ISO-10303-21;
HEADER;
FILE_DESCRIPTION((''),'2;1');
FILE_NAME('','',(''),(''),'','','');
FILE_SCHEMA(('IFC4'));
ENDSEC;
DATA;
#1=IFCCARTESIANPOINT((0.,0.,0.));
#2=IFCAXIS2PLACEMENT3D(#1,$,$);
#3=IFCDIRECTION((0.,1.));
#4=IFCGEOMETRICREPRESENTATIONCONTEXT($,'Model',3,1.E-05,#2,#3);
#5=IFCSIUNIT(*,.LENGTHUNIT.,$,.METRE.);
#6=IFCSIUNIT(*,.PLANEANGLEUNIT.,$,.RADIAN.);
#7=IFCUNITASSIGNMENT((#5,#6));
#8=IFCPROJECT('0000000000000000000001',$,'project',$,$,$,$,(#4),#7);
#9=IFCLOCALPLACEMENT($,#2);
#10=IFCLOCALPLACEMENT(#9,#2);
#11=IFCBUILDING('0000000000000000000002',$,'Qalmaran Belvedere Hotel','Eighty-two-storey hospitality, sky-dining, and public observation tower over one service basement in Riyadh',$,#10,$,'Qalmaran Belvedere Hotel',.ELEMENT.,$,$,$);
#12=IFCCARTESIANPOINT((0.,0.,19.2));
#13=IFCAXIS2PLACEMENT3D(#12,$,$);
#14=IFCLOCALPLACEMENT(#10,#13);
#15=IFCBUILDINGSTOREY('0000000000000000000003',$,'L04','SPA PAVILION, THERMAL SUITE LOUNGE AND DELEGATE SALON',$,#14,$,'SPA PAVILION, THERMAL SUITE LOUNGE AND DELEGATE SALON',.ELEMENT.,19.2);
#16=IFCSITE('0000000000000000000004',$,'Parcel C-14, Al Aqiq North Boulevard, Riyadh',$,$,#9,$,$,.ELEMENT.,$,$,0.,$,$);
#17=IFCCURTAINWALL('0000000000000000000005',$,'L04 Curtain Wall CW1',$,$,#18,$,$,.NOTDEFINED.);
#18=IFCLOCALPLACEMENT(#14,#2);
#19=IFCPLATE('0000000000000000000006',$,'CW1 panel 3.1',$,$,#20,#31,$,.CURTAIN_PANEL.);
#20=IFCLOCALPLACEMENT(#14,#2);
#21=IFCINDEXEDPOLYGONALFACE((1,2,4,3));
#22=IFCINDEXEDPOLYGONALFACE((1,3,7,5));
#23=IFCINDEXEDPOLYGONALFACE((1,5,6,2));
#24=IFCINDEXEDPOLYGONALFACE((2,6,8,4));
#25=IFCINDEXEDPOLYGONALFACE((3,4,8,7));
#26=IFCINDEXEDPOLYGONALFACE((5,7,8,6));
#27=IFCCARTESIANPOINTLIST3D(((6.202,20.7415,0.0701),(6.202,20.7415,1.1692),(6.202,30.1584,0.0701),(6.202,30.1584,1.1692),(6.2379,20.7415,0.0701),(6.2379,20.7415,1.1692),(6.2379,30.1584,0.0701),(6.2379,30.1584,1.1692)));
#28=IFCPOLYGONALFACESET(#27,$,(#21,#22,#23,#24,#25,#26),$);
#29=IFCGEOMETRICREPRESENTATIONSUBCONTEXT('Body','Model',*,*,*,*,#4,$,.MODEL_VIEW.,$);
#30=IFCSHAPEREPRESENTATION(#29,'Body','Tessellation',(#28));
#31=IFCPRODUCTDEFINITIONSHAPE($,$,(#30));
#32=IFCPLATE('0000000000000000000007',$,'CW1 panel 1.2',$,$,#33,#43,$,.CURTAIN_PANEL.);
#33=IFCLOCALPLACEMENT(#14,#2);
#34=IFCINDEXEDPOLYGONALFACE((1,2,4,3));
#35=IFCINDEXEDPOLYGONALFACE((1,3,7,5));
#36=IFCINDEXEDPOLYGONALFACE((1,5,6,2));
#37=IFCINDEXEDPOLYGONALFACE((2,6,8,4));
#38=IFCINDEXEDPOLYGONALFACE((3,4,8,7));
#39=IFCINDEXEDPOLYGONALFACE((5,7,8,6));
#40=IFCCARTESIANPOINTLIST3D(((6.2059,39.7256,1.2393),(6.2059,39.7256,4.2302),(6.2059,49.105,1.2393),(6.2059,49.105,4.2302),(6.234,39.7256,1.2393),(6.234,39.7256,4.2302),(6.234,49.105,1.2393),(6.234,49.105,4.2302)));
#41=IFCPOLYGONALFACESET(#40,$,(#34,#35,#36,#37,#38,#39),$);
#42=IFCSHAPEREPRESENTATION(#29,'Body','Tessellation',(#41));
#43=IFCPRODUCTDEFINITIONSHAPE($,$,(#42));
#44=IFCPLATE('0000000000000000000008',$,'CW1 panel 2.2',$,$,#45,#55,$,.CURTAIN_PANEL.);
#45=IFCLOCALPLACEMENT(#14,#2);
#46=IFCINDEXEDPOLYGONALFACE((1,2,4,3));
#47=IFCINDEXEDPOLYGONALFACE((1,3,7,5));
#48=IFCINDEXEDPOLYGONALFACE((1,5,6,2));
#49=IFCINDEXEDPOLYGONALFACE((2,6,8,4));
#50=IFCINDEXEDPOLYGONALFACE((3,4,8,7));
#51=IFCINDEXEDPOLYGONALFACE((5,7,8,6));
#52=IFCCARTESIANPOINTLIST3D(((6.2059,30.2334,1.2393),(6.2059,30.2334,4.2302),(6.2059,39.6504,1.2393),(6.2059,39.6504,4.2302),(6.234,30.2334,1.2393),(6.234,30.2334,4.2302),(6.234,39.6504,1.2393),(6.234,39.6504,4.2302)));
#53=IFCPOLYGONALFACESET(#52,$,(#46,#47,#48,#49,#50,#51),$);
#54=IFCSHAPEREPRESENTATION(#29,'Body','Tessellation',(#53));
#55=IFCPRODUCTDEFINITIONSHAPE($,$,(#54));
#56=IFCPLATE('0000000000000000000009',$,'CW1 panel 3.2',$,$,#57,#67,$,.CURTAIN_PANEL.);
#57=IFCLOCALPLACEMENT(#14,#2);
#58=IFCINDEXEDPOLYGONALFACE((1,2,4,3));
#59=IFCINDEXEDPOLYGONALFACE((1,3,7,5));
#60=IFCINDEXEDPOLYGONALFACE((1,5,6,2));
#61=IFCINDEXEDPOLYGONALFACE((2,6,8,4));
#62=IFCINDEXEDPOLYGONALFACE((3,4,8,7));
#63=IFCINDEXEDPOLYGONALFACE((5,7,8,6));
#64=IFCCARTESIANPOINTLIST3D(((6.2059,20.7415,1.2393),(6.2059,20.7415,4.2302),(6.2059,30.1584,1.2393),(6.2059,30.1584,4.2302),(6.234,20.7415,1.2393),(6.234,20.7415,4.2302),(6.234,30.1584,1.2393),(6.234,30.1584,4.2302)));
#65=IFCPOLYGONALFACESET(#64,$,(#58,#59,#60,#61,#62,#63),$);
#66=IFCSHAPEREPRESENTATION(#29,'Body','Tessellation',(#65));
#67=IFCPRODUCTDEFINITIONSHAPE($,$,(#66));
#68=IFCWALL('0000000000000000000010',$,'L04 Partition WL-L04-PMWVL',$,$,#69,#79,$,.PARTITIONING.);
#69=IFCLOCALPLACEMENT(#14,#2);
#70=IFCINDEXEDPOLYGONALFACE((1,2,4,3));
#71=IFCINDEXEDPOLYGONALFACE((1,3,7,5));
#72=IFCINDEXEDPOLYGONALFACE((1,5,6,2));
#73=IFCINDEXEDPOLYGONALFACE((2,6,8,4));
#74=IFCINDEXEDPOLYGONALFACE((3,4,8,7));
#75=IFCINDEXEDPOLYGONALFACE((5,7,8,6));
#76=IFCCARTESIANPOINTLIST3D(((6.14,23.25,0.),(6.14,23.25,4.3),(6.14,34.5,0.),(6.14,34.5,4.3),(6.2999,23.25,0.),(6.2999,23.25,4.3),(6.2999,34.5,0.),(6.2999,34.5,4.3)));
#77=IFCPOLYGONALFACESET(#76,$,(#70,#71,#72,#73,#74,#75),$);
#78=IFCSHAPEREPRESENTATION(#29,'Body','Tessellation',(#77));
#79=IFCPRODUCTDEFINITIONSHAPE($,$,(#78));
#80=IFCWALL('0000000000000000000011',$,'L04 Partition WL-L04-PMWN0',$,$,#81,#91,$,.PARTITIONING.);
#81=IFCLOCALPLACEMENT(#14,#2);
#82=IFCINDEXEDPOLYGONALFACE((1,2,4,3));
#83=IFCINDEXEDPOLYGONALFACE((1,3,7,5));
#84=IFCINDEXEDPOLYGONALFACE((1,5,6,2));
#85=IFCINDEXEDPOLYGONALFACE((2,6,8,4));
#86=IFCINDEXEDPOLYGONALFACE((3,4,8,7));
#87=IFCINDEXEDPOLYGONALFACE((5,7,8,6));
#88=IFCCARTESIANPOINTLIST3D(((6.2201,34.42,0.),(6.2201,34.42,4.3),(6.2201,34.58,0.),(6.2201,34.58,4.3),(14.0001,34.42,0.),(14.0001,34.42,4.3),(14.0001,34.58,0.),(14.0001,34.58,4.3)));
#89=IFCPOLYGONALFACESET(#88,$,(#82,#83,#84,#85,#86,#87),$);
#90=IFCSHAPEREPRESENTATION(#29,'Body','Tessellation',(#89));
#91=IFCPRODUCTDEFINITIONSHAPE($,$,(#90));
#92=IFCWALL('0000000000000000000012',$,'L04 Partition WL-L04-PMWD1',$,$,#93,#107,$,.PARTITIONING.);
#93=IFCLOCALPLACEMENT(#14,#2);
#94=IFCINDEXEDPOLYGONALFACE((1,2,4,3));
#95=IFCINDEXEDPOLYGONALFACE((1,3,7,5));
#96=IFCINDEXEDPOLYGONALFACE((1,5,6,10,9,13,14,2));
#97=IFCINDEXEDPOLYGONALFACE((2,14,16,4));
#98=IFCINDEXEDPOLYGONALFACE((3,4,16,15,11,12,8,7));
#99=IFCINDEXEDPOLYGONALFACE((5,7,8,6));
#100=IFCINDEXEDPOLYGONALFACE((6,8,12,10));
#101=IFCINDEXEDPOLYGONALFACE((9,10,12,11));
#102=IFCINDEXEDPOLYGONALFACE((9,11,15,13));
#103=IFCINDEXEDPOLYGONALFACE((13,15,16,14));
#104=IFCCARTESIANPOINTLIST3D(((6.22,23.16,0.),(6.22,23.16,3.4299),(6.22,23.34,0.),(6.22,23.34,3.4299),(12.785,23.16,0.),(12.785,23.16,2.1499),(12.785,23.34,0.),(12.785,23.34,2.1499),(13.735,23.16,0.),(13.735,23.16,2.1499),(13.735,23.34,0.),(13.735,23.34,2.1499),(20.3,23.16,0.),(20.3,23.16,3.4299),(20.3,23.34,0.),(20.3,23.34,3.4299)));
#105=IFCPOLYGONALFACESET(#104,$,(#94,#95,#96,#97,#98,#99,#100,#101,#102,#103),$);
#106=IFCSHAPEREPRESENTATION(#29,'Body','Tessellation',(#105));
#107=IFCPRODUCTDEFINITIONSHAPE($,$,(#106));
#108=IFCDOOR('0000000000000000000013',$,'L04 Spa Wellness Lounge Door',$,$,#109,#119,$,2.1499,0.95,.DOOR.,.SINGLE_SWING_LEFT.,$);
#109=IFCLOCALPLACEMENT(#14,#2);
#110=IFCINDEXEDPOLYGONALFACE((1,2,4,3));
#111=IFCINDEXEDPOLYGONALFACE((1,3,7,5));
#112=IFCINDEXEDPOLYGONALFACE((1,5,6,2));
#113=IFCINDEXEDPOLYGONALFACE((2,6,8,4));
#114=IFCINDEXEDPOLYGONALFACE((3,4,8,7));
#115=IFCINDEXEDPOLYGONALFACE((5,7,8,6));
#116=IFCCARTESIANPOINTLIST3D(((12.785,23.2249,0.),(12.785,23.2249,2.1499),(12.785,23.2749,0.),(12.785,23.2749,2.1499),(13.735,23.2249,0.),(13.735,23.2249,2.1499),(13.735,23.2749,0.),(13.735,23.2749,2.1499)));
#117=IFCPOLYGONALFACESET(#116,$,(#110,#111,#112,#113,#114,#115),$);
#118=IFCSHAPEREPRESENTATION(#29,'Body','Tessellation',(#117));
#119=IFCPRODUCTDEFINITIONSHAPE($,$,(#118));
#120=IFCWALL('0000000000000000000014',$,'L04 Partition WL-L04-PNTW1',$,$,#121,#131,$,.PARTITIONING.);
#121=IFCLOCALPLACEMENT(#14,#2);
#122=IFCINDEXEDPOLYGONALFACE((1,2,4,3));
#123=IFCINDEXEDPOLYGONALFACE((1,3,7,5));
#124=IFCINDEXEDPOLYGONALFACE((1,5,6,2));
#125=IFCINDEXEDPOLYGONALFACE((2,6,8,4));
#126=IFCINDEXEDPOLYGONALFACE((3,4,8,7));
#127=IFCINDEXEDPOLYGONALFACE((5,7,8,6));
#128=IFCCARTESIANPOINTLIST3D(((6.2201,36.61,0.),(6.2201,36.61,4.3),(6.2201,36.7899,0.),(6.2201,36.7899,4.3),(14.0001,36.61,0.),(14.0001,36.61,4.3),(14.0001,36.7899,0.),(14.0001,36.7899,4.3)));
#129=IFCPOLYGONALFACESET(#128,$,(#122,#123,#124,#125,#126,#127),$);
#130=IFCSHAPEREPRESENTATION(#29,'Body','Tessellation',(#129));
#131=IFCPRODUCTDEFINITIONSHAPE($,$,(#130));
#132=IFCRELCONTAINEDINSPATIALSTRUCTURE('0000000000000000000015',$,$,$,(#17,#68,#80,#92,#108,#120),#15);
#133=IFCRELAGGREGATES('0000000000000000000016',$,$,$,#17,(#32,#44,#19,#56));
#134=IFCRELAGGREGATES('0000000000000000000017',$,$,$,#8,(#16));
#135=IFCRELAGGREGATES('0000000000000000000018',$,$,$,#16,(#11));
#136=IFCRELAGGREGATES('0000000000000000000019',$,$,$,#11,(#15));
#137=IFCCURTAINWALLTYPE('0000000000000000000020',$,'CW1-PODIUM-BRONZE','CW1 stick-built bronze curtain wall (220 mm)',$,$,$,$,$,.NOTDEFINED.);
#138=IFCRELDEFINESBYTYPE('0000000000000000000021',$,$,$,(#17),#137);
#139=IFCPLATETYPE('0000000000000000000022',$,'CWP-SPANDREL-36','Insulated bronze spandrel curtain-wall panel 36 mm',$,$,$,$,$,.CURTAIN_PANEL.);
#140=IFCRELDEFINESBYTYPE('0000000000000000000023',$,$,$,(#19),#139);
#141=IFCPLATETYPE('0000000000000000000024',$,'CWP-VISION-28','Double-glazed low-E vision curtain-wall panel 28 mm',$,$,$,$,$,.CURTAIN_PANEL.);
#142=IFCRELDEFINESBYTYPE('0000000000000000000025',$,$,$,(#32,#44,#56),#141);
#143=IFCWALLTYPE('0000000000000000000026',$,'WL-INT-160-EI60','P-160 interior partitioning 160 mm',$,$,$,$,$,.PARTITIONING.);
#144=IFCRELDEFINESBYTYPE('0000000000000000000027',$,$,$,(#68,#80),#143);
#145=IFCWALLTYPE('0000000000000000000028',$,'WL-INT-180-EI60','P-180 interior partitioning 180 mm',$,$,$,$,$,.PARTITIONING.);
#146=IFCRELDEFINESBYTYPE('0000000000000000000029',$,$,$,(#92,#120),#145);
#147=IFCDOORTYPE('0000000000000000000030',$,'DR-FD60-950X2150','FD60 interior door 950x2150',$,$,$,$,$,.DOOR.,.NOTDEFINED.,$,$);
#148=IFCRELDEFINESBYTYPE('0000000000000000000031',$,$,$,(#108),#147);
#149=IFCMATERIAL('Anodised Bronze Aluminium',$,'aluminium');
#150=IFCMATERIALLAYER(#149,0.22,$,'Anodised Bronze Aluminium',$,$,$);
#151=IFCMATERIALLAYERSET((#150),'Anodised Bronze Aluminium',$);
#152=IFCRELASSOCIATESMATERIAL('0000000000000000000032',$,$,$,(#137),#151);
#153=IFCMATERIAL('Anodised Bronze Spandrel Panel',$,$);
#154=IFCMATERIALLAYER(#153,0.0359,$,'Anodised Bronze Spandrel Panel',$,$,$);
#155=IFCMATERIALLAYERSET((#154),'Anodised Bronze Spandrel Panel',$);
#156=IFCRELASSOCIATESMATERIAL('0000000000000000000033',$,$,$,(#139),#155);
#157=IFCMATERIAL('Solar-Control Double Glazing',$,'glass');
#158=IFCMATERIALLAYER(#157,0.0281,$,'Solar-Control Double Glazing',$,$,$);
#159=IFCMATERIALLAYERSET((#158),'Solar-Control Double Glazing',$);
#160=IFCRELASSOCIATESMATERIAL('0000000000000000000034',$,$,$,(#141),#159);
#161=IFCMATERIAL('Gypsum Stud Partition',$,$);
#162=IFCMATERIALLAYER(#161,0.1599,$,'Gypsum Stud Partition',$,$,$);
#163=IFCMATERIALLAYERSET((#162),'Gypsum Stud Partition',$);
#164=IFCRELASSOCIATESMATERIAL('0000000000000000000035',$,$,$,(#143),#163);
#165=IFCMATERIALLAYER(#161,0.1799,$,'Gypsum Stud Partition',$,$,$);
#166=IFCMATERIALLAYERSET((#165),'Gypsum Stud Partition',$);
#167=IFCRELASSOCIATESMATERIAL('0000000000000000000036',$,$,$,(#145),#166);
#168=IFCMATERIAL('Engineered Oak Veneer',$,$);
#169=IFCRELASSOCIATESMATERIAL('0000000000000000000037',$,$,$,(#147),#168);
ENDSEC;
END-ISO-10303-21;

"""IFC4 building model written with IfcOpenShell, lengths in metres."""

from ifc_helpers import new_model, si_unit, direction, frame, frame_2d, origin, origin_2d, place, context, subcontext, project, spatial, rectangle, extrude, material, layer, layer_set, type_object, element, fill, aggregate, save


model = new_model("IFC4")

# Units and contexts
model_context = context("Model", 3, precision=1e-05, world=origin(), true_north=direction((0.0, 1.0)))
body_context = subcontext(model_context, "Body", "Model", "MODEL_VIEW")
ifc_project = project(units=[si_unit("LENGTHUNIT", "METRE"), si_unit("PLANEANGLEUNIT", "RADIAN")], contexts=[model_context])

# Site, building, storey
site_placement = place(None, origin())
site = spatial("IfcSite", under=ifc_project, at=site_placement, Name="Parcel C-14, Al Aqiq North Boulevard, Riyadh", CompositionType="ELEMENT", RefElevation=0.0)
building_placement = place(site_placement, origin())
building = spatial("IfcBuilding", under=site, at=building_placement, Name="Qalmaran Belvedere Hotel", Description="Eighty-two-storey hospitality, sky-dining, and public observation tower over one service basement in Riyadh", LongName="Qalmaran Belvedere Hotel", CompositionType="ELEMENT")
storey_placement = place(building_placement, frame((0.0, 0.0, 19.2)))
storey = spatial("IfcBuildingStorey", under=building, at=storey_placement, Name="L04", Description="SPA PAVILION, THERMAL SUITE LOUNGE AND DELEGATE SALON", LongName="SPA PAVILION, THERMAL SUITE LOUNGE AND DELEGATE SALON", CompositionType="ELEMENT", Elevation=19.2)

# Curtain wall, plates
ifc_material_1 = material(Name="Anodised Bronze Aluminium", Category="aluminium")
ifc_layer_1 = layer(ifc_material_1, 0.22, Name="Anodised Bronze Aluminium")
ifc_layer_set_1 = layer_set([ifc_layer_1], Name="Anodised Bronze Aluminium")
curtain_wall_type = type_object("IfcCurtainWallType", Name="CW1-PODIUM-BRONZE", Description="CW1 stick-built bronze curtain wall (220 mm)", PredefinedType="NOTDEFINED", material=ifc_layer_set_1)
curtain_wall_placement = place(storey_placement, origin())
curtain_wall = element("IfcCurtainWall", 1, at=curtain_wall_placement, inside=storey, type_object=curtain_wall_type, Name="L04 Curtain Wall CW1", PredefinedType="NOTDEFINED")
ifc_material_2 = material(Name="Anodised Bronze Spandrel Panel")
ifc_layer_2 = layer(ifc_material_2, 0.0359, Name="Anodised Bronze Spandrel Panel")
ifc_layer_set_2 = layer_set([ifc_layer_2], Name="Anodised Bronze Spandrel Panel")
plate_type_1 = type_object("IfcPlateType", Name="CWP-SPANDREL-36", Description="Insulated bronze spandrel curtain-wall panel 36 mm", PredefinedType="CURTAIN_PANEL", material=ifc_layer_set_2)
plate_1_placement = place(storey_placement, frame((6.22, 25.45, 0.0701), z_axis=(0.0, 0.0, 1.0), x_axis=(0.0, -1.0, 0.0)))
plate_1 = element("IfcPlate", 2, at=plate_1_placement, type_object=plate_type_1, Name="CW1 panel 3.1", PredefinedType="CURTAIN_PANEL", context=body_context, shape_type="SweptSolid", body=[
    extrude(rectangle(XDim=9.417, YDim=0.0359, at=origin_2d()), origin(), (0.0, 0.0, 1.0), 1.0991),
])
ifc_material_3 = material(Name="Solar-Control Double Glazing", Category="glass")
ifc_layer_3 = layer(ifc_material_3, 0.0281, Name="Solar-Control Double Glazing")
ifc_layer_set_3 = layer_set([ifc_layer_3], Name="Solar-Control Double Glazing")
plate_type_2 = type_object("IfcPlateType", Name="CWP-VISION-28", Description="Double-glazed low-E vision curtain-wall panel 28 mm", PredefinedType="CURTAIN_PANEL", material=ifc_layer_set_3)
plate_2_placement = place(storey_placement, frame((6.22, 44.4153, 1.2393), z_axis=(0.0, 0.0, 1.0), x_axis=(0.0, -1.0, 0.0)))
plate_2 = element("IfcPlate", 3, at=plate_2_placement, type_object=plate_type_2, Name="CW1 panel 1.2", PredefinedType="CURTAIN_PANEL", context=body_context, shape_type="SweptSolid", body=[
    extrude(rectangle(XDim=9.3794, YDim=0.0281, at=origin_2d()), origin(), (0.0, 0.0, 1.0), 2.991),
])
plate_3_placement = place(storey_placement, frame((6.22, 34.9419, 1.2393), z_axis=(0.0, 0.0, 1.0), x_axis=(0.0, -1.0, 0.0)))
plate_3 = element("IfcPlate", 4, at=plate_3_placement, type_object=plate_type_2, Name="CW1 panel 2.2", PredefinedType="CURTAIN_PANEL", context=body_context, shape_type="SweptSolid", body=[
    extrude(rectangle(XDim=9.417, YDim=0.0281, at=origin_2d()), origin(), (0.0, 0.0, 1.0), 2.991),
])
plate_4_placement = place(storey_placement, frame((6.22, 25.45, 1.2393), z_axis=(0.0, 0.0, 1.0), x_axis=(0.0, -1.0, 0.0)))
plate_4 = element("IfcPlate", 5, at=plate_4_placement, type_object=plate_type_2, Name="CW1 panel 3.2", PredefinedType="CURTAIN_PANEL", context=body_context, shape_type="SweptSolid", body=[
    extrude(rectangle(XDim=9.417, YDim=0.0281, at=origin_2d()), origin(), (0.0, 0.0, 1.0), 2.991),
])
aggregate(curtain_wall, [plate_2, plate_3, plate_1, plate_4])

# Walls
ifc_material_4 = material(Name="Gypsum Stud Partition")
ifc_layer_4 = layer(ifc_material_4, 0.1599, Name="Gypsum Stud Partition")
ifc_layer_set_4 = layer_set([ifc_layer_4], Name="Gypsum Stud Partition")
wall_type_1 = type_object("IfcWallType", Name="WL-INT-160-EI60", Description="P-160 interior partitioning 160 mm", PredefinedType="PARTITIONING", material=ifc_layer_set_4)
wall_1_placement = place(storey_placement, frame((6.22, 23.25, 0.0), z_axis=(0.0, 0.0, 1.0), x_axis=(0.0, 1.0, 0.0)))
element("IfcWall", 6, at=wall_1_placement, inside=storey, type_object=wall_type_1, Name="L04 Partition WL-L04-PMWVL", PredefinedType="PARTITIONING", context=body_context, shape_type="SweptSolid", body=[
    extrude(rectangle(XDim=11.25, YDim=0.1599, at=frame_2d((5.625, 0.0))), origin(), (0.0, 0.0, 1.0), 4.3),
])
wall_2_placement = place(storey_placement, frame((6.22, 34.5, 0.0), z_axis=(0.0, 0.0, 1.0), x_axis=(1.0, 0.0, 0.0)))
element("IfcWall", 7, at=wall_2_placement, inside=storey, type_object=wall_type_1, Name="L04 Partition WL-L04-PMWN0", PredefinedType="PARTITIONING", context=body_context, shape_type="SweptSolid", body=[
    extrude(rectangle(XDim=7.78, YDim=0.1599, at=frame_2d((3.8901, 0.0))), origin(), (0.0, 0.0, 1.0), 4.3),
])

# Wall, opening, door
ifc_layer_5 = layer(ifc_material_4, 0.1799, Name="Gypsum Stud Partition")
ifc_layer_set_5 = layer_set([ifc_layer_5], Name="Gypsum Stud Partition")
wall_type_2 = type_object("IfcWallType", Name="WL-INT-180-EI60", Description="P-180 interior partitioning 180 mm", PredefinedType="PARTITIONING", material=ifc_layer_set_5)
wall_3_placement = place(storey_placement, frame((6.22, 23.25, 0.0), z_axis=(0.0, 0.0, 1.0), x_axis=(1.0, 0.0, 0.0)))
wall_3 = element("IfcWall", 8, at=wall_3_placement, inside=storey, type_object=wall_type_2, Name="L04 Partition WL-L04-PMWD1", PredefinedType="PARTITIONING", context=body_context, shape_type="SweptSolid", body=[
    extrude(rectangle(XDim=14.0801, YDim=0.1799, at=frame_2d((7.04, 0.0))), origin(), (0.0, 0.0, 1.0), 3.4299),
])
opening_placement = place(wall_3_placement, frame((6.5649, 0.0, 0.0)))
opening = element("IfcOpeningElement", 9, at=opening_placement, cuts=wall_3, PredefinedType="OPENING", context=body_context, shape_type="SweptSolid", body=[
    extrude(rectangle(XDim=0.95, YDim=2.1499, at=frame_2d((0.4751, 1.075))), frame((0.0, 0.1001, 0.0), z_axis=(0.0, -1.0, 0.0), x_axis=(1.0, 0.0, 0.0)), (0.0, 0.0, 1.0), 0.2),
])
ifc_material_5 = material(Name="Engineered Oak Veneer")
door_type = type_object("IfcDoorType", Name="DR-FD60-950X2150", Description="FD60 interior door 950x2150", OperationType="NOTDEFINED", PredefinedType="DOOR", material=ifc_material_5)
door_placement = place(opening_placement, origin())
door = element("IfcDoor", 10, at=door_placement, inside=storey, type_object=door_type, Name="L04 Spa Wellness Lounge Door", OperationType="SINGLE_SWING_LEFT", OverallHeight=2.1499, OverallWidth=0.95, PredefinedType="DOOR", context=body_context, shape_type="SweptSolid", body=[
    extrude(rectangle(XDim=0.95, YDim=2.1499, at=frame_2d((0.4751, 1.075))), frame((0.0, 0.0249, 0.0), z_axis=(0.0, -1.0, 0.0), x_axis=(1.0, 0.0, 0.0)), (0.0, 0.0, 1.0), 0.05),
])
fill(opening, door)

# Wall
wall_4_placement = place(storey_placement, frame((6.22, 36.7, 0.0), z_axis=(0.0, 0.0, 1.0), x_axis=(1.0, 0.0, 0.0)))
element("IfcWall", 11, at=wall_4_placement, inside=storey, type_object=wall_type_2, Name="L04 Partition WL-L04-PNTW1", PredefinedType="PARTITIONING", context=body_context, shape_type="SweptSolid", body=[
    extrude(rectangle(XDim=7.78, YDim=0.1799, at=frame_2d((3.8901, 0.0))), origin(), (0.0, 0.0, 1.0), 4.3),
])

save(model, "model.ifc")
